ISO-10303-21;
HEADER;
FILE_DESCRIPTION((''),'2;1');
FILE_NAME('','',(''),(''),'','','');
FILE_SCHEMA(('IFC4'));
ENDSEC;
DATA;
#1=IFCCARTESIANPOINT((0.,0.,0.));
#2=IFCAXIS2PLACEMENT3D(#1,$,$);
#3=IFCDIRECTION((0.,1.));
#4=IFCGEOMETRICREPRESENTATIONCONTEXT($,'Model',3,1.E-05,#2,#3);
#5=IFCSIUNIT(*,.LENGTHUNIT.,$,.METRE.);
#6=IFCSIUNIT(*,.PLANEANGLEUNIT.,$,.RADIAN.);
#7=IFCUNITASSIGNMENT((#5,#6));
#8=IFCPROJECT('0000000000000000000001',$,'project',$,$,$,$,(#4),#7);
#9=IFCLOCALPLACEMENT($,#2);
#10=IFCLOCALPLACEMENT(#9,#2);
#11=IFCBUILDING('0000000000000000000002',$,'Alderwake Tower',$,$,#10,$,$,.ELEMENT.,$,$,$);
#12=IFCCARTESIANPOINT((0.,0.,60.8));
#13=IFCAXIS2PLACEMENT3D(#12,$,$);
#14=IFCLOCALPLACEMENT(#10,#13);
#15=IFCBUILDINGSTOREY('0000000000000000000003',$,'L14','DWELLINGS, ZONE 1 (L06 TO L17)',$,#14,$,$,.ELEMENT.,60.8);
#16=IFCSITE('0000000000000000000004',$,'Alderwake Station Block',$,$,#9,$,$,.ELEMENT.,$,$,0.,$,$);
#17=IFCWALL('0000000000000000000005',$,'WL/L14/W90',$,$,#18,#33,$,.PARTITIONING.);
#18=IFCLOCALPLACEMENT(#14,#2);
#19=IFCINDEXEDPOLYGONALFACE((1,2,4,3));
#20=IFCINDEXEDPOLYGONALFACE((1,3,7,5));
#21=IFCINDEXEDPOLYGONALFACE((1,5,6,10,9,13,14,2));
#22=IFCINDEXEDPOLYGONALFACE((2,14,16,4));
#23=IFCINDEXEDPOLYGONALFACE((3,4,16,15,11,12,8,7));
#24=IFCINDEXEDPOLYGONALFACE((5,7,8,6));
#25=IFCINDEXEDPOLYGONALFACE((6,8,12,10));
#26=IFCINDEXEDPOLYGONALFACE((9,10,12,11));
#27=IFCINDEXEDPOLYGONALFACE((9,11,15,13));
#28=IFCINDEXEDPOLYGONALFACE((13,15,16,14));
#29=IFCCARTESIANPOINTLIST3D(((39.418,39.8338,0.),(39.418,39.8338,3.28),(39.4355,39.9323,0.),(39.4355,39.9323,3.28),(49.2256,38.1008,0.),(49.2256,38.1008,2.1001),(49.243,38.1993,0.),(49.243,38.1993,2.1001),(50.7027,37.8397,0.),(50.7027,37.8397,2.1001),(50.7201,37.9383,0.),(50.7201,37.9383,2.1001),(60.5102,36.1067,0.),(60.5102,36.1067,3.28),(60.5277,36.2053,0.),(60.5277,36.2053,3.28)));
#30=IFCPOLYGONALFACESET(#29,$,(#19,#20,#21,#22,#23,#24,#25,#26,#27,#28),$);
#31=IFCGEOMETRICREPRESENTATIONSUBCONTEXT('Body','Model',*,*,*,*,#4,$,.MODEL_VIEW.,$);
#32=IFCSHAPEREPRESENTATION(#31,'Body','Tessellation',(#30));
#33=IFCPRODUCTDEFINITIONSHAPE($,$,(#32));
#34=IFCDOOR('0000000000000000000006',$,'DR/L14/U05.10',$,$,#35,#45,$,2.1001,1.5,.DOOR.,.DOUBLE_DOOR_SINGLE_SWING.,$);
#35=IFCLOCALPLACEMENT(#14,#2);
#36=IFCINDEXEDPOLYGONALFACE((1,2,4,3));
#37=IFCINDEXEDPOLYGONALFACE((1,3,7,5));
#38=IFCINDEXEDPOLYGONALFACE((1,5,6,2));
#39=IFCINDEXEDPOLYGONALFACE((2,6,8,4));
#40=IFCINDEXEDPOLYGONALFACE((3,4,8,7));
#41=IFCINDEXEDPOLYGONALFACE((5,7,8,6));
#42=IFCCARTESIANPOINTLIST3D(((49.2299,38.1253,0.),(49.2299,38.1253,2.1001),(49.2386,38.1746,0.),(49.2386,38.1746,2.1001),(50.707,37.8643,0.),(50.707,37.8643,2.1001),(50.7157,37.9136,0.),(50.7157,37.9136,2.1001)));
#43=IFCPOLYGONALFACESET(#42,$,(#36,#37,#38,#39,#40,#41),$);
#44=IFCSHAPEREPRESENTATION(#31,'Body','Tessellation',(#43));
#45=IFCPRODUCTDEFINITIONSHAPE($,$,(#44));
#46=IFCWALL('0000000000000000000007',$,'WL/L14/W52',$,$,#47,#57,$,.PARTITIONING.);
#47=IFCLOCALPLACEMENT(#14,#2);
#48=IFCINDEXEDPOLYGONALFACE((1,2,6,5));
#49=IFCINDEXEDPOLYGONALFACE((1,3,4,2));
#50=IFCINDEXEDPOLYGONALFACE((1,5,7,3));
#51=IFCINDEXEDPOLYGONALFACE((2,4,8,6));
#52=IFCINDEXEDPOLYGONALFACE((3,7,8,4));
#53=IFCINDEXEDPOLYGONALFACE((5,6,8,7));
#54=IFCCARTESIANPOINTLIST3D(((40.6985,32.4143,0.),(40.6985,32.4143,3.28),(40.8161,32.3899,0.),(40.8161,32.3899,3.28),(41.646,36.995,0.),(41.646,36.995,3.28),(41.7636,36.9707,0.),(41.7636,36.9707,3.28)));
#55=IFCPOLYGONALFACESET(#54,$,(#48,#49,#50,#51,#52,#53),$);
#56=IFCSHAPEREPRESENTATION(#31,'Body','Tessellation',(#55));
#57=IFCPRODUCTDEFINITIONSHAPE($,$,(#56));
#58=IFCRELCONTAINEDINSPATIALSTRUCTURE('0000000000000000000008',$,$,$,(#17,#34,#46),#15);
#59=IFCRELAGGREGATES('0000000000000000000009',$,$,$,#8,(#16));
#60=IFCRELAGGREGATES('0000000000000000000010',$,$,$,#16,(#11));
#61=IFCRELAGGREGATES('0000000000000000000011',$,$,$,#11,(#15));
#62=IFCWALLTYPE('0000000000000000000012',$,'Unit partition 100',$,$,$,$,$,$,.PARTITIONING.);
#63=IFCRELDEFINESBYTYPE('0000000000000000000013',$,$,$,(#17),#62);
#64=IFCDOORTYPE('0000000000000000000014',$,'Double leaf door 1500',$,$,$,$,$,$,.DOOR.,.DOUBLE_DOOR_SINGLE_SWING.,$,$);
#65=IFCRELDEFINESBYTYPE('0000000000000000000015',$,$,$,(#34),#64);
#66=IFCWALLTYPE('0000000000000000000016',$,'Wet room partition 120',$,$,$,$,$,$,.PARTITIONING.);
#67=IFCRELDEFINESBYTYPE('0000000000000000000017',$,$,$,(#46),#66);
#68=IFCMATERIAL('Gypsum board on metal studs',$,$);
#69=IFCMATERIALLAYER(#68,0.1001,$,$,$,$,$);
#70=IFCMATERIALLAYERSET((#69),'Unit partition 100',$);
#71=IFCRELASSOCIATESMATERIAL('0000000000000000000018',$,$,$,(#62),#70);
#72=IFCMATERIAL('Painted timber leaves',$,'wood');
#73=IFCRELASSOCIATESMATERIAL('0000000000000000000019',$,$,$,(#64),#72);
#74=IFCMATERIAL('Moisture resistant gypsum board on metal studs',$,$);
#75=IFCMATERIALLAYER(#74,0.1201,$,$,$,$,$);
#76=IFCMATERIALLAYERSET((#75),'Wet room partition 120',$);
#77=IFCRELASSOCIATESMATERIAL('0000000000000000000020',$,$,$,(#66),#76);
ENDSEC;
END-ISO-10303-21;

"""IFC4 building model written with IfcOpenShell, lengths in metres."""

from ifc_helpers import new_model, si_unit, direction, frame, frame_2d, origin, place, context, subcontext, project, spatial, rectangle, extrude, material, layer, layer_set, type_object, element, fill, save


model = new_model("IFC4")

# Units and contexts
model_context = context("Model", 3, precision=1e-05, world=origin(), true_north=direction((0.0, 1.0)))
body_context = subcontext(model_context, "Body", "Model", "MODEL_VIEW")
ifc_project = project(units=[si_unit("LENGTHUNIT", "METRE"), si_unit("PLANEANGLEUNIT", "RADIAN")], contexts=[model_context])

# Site, building, storey
site_placement = place(None, origin())
site = spatial("IfcSite", under=ifc_project, at=site_placement, Name="Alderwake Station Block", CompositionType="ELEMENT", RefElevation=0.0)
building_placement = place(site_placement, origin())
building = spatial("IfcBuilding", under=site, at=building_placement, Name="Alderwake Tower", CompositionType="ELEMENT")
storey_placement = place(building_placement, frame((0.0, 0.0, 60.8)))
storey = spatial("IfcBuildingStorey", under=building, at=storey_placement, Name="L14", Description="DWELLINGS, ZONE 1 (L06 TO L17)", CompositionType="ELEMENT", Elevation=60.8)

# Wall, opening, door
ifc_material_1 = material(Name="Gypsum board on metal studs")
ifc_layer_1 = layer(ifc_material_1, 0.1001)
ifc_layer_set_1 = layer_set([ifc_layer_1], Name="Unit partition 100")
wall_type_1 = type_object("IfcWallType", Name="Unit partition 100", PredefinedType="PARTITIONING", material=ifc_layer_set_1)
wall_1_placement = place(storey_placement, frame((39.4268, 39.8831, 0.0), z_axis=(0.0, 0.0, 1.0), x_axis=(0.984745, -0.174006, 0.0)))
wall_1 = element("IfcWall", 1, at=wall_1_placement, inside=storey, type_object=wall_type_1, Name="WL/L14/W90", PredefinedType="PARTITIONING", context=body_context, shape_type="SweptSolid", body=[
    extrude(rectangle(XDim=21.4189, YDim=0.1001, at=frame_2d((10.7095, 0.0))), origin(), (0.0, 0.0, 1.0), 3.28),
])
opening_1_placement = place(wall_1_placement, frame((9.9595, 0.0, 0.0)))
opening_1 = element("IfcOpeningElement", 2, at=opening_1_placement, cuts=wall_1, PredefinedType="OPENING", context=body_context, shape_type="SweptSolid", body=[
    extrude(rectangle(XDim=1.5, YDim=2.1001, at=frame_2d((0.75, 1.05))), frame((0.0, 0.0601, 0.0), z_axis=(0.0, -1.0, 0.0), x_axis=(1.0, 0.0, 0.0)), (0.0, 0.0, 1.0), 0.1201),
])
ifc_material_2 = material(Name="Painted timber leaves", Category="wood")
door_type_1 = type_object("IfcDoorType", Name="Double leaf door 1500", OperationType="DOUBLE_DOOR_SINGLE_SWING", PredefinedType="DOOR", material=ifc_material_2)
door_1_placement = place(opening_1_placement, origin())
door_1 = element("IfcDoor", 3, at=door_1_placement, inside=storey, type_object=door_type_1, Name="DR/L14/U05.10", OperationType="DOUBLE_DOOR_SINGLE_SWING", OverallHeight=2.1001, OverallWidth=1.5, PredefinedType="DOOR", context=body_context, shape_type="SweptSolid", body=[
    extrude(rectangle(XDim=1.5, YDim=2.1001, at=frame_2d((0.75, 1.05))), frame((0.0, 0.0249, 0.0), z_axis=(0.0, -1.0, 0.0), x_axis=(1.0, 0.0, 0.0)), (0.0, 0.0, 1.0), 0.05),
])
fill(opening_1, door_1)

# Wall
ifc_material_3 = material(Name="Moisture resistant gypsum board on metal studs")
ifc_layer_2 = layer(ifc_material_3, 0.1201)
ifc_layer_set_2 = layer_set([ifc_layer_2], Name="Wet room partition 120")
wall_type_2 = type_object("IfcWallType", Name="Wet room partition 120", PredefinedType="PARTITIONING", material=ifc_layer_set_2)
wall_2_placement = place(storey_placement, frame((40.7573, 32.4021, 0.0), z_axis=(0.0, 0.0, 1.0), x_axis=(0.202556, 0.979271, 0.0)))
element("IfcWall", 4, at=wall_2_placement, inside=storey, type_object=wall_type_2, Name="WL/L14/W52", PredefinedType="PARTITIONING", context=body_context, shape_type="SweptSolid", body=[
    extrude(rectangle(XDim=4.6777, YDim=0.1201, at=frame_2d((2.3389, 0.0))), origin(), (0.0, 0.0, 1.0), 3.28),
])

save(model, "model.ifc")
